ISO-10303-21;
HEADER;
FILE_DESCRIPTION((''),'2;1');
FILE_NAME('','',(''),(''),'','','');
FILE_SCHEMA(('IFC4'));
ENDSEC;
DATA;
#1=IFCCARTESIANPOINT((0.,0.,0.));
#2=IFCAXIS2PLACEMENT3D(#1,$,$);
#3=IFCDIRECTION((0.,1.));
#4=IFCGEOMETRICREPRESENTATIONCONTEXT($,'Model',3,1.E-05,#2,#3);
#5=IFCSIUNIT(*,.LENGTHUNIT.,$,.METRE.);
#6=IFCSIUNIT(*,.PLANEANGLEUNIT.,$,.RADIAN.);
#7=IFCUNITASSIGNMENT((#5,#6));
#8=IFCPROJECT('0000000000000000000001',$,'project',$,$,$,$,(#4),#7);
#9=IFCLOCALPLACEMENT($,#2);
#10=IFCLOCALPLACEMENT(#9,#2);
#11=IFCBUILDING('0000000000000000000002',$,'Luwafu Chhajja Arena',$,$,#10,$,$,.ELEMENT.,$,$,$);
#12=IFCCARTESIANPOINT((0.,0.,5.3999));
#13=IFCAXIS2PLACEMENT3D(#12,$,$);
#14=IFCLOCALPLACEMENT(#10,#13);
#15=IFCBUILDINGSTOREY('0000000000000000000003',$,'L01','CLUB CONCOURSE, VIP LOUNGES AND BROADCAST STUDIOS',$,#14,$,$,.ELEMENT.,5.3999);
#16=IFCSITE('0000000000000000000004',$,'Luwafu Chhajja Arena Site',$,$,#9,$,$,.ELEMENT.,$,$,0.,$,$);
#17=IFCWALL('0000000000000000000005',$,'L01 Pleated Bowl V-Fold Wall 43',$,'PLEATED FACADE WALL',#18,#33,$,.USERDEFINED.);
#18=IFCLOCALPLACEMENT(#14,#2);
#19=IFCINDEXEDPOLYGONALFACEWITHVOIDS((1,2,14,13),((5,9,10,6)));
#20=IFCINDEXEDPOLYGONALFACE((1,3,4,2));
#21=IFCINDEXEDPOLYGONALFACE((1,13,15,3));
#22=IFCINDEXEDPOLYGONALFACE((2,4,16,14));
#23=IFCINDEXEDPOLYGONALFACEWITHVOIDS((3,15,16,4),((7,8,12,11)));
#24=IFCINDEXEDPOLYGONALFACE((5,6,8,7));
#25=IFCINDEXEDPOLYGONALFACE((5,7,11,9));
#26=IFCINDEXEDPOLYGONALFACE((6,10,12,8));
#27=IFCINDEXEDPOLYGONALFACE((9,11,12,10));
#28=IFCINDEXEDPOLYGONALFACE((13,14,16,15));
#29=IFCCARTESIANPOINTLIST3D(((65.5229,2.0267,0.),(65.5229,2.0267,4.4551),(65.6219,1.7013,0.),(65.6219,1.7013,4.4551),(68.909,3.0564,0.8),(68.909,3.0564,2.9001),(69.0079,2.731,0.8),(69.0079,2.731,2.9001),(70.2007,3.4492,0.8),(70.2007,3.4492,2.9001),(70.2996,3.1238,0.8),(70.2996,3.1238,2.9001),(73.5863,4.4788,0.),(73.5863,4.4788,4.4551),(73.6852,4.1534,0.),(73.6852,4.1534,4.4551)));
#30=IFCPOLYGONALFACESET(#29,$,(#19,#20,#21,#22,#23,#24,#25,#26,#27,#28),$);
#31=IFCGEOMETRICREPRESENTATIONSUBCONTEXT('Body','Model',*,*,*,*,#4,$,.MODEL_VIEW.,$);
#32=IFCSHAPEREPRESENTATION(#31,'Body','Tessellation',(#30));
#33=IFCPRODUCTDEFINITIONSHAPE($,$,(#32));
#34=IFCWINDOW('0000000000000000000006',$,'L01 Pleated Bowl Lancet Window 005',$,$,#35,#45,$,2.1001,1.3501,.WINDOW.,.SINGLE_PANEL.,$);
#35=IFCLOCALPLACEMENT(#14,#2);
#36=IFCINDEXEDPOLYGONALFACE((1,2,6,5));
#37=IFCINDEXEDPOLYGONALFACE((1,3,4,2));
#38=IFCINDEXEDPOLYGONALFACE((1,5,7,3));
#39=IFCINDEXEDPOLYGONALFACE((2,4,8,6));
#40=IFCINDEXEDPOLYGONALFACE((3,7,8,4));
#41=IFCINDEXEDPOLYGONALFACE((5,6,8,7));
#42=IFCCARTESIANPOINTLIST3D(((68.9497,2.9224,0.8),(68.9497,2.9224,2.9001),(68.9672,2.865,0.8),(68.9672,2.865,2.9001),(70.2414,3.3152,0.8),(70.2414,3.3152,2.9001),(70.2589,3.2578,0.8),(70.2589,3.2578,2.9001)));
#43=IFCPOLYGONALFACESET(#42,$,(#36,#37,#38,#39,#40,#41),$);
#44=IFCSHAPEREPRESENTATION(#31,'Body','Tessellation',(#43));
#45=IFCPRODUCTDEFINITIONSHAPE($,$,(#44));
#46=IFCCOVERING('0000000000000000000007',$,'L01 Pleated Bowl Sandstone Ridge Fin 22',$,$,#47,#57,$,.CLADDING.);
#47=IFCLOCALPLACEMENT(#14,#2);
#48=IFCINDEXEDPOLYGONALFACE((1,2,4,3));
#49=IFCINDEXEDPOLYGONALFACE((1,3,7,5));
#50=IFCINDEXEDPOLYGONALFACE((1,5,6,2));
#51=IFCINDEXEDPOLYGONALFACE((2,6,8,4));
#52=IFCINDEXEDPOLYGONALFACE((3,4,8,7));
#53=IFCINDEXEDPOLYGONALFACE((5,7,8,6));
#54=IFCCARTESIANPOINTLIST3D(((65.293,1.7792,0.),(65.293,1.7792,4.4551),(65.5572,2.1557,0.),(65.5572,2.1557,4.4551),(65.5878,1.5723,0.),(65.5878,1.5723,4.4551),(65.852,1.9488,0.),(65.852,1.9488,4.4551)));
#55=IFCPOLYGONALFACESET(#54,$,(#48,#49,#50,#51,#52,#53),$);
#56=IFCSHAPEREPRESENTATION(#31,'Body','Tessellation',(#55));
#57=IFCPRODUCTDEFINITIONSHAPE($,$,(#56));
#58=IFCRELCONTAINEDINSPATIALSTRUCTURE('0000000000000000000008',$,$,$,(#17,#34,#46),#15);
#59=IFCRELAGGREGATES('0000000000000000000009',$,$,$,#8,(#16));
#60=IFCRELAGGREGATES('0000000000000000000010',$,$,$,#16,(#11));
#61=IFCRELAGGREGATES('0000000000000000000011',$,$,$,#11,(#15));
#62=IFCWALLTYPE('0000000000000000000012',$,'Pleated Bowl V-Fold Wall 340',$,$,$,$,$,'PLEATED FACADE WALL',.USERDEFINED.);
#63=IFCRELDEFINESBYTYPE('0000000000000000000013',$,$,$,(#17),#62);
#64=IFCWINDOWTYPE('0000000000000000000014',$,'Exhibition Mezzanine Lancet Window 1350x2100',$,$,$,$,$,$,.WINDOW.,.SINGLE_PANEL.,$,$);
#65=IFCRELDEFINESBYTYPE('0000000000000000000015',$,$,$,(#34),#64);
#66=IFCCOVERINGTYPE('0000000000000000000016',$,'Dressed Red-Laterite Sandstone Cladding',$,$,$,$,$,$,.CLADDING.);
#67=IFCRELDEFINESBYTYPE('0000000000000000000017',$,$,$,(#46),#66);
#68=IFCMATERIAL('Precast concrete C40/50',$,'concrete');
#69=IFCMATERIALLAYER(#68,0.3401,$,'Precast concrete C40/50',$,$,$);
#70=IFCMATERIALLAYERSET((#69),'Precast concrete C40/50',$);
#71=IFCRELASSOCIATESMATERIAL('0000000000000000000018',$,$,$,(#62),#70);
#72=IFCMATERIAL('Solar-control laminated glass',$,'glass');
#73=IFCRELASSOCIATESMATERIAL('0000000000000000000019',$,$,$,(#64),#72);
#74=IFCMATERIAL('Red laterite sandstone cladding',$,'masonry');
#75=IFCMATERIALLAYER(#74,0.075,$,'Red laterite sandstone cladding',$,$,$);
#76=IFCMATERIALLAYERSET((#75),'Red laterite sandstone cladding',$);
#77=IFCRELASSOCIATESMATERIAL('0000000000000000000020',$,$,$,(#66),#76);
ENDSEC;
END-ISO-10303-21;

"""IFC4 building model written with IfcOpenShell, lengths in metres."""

from ifc_helpers import new_model, si_unit, direction, frame, frame_2d, origin, origin_2d, place, context, subcontext, project, spatial, rectangle, extrude, material, layer, layer_set, type_object, element, fill, save


model = new_model("IFC4")

# Units and contexts
model_context = context("Model", 3, precision=1e-05, world=origin(), true_north=direction((0.0, 1.0)))
body_context = subcontext(model_context, "Body", "Model", "MODEL_VIEW")
ifc_project = project(units=[si_unit("LENGTHUNIT", "METRE"), si_unit("PLANEANGLEUNIT", "RADIAN")], contexts=[model_context])

# Site, building, storey
site_placement = place(None, origin())
site = spatial("IfcSite", under=ifc_project, at=site_placement, Name="Luwafu Chhajja Arena Site", CompositionType="ELEMENT", RefElevation=0.0)
building_placement = place(site_placement, origin())
building = spatial("IfcBuilding", under=site, at=building_placement, Name="Luwafu Chhajja Arena", CompositionType="ELEMENT")
storey_placement = place(building_placement, frame((0.0, 0.0, 5.3999)))
storey = spatial("IfcBuildingStorey", under=building, at=storey_placement, Name="L01", Description="CLUB CONCOURSE, VIP LOUNGES AND BROADCAST STUDIOS", CompositionType="ELEMENT", Elevation=5.3999)

# Shared definitions
ifc_material_1 = material(Name="Solar-control laminated glass", Category="glass")

# Wall, opening, window
ifc_material_2 = material(Name="Precast concrete C40/50", Category="concrete")
ifc_layer_1 = layer(ifc_material_2, 0.3401, Name="Precast concrete C40/50")
ifc_layer_set_1 = layer_set([ifc_layer_1], Name="Precast concrete C40/50")
wall_type_1 = type_object("IfcWallType", Name="Pleated Bowl V-Fold Wall 340", ElementType="PLEATED FACADE WALL", PredefinedType="USERDEFINED", material=ifc_layer_set_1)
wall_1_placement = place(storey_placement, frame((65.5725, 1.864, 0.0), z_axis=(0.0, 0.0, 1.0), x_axis=(0.956738, 0.29095, 0.0)))
wall_1 = element("IfcWall", 1, at=wall_1_placement, inside=storey, type_object=wall_type_1, Name="L01 Pleated Bowl V-Fold Wall 43", ObjectType="PLEATED FACADE WALL", PredefinedType="USERDEFINED", context=body_context, shape_type="SweptSolid", body=[
    extrude(rectangle(XDim=8.428, YDim=0.3401, at=frame_2d((4.2139, 0.0))), origin(), (0.0, 0.0, 1.0), 4.4551),
])
opening_1_placement = place(wall_1_placement, frame((3.5391, 0.0, 0.8)))
opening_1 = element("IfcOpeningElement", 2, at=opening_1_placement, cuts=wall_1, PredefinedType="OPENING", context=body_context, shape_type="SweptSolid", body=[
    extrude(rectangle(XDim=1.3501, YDim=2.1001, at=frame_2d((0.675, 1.05))), frame((0.0, 0.1799, 0.0), z_axis=(0.0, -1.0, 0.0), x_axis=(1.0, 0.0, 0.0)), (0.0, 0.0, 1.0), 0.3601),
])
window_type_1 = type_object("IfcWindowType", Name="Exhibition Mezzanine Lancet Window 1350x2100", PartitioningType="SINGLE_PANEL", PredefinedType="WINDOW", material=ifc_material_1)
window_1_placement = place(opening_1_placement, origin())
window_1 = element("IfcWindow", 3, at=window_1_placement, inside=storey, type_object=window_type_1, Name="L01 Pleated Bowl Lancet Window 005", OverallHeight=2.1001, OverallWidth=1.3501, PartitioningType="SINGLE_PANEL", PredefinedType="WINDOW", context=body_context, shape_type="SweptSolid", body=[
    extrude(rectangle(XDim=1.3501, YDim=2.1001, at=frame_2d((0.675, 1.05))), frame((0.0, 0.03, 0.0), z_axis=(0.0, -1.0, 0.0), x_axis=(1.0, 0.0, 0.0)), (0.0, 0.0, 1.0), 0.0601),
])
fill(opening_1, window_1)

# Covering
ifc_material_3 = material(Name="Red laterite sandstone cladding", Category="masonry")
ifc_layer_2 = layer(ifc_material_3, 0.075, Name="Red laterite sandstone cladding")
ifc_layer_set_2 = layer_set([ifc_layer_2], Name="Red laterite sandstone cladding")
covering_type = type_object("IfcCoveringType", Name="Dressed Red-Laterite Sandstone Cladding", PredefinedType="CLADDING", material=ifc_layer_set_2)
covering_placement = place(storey_placement, frame((65.5725, 1.864, 0.0), z_axis=(0.0, 0.0, 1.0), x_axis=(-0.574411, -0.818567, 0.0)))
element("IfcCovering", 4, at=covering_placement, inside=storey, type_object=covering_type, Name="L01 Pleated Bowl Sandstone Ridge Fin 22", PredefinedType="CLADDING", context=body_context, shape_type="SweptSolid", body=[
    extrude(rectangle(XDim=0.46, YDim=0.3601, at=origin_2d()), origin(), (0.0, 0.0, 1.0), 4.4551),
])

save(model, "model.ifc")
